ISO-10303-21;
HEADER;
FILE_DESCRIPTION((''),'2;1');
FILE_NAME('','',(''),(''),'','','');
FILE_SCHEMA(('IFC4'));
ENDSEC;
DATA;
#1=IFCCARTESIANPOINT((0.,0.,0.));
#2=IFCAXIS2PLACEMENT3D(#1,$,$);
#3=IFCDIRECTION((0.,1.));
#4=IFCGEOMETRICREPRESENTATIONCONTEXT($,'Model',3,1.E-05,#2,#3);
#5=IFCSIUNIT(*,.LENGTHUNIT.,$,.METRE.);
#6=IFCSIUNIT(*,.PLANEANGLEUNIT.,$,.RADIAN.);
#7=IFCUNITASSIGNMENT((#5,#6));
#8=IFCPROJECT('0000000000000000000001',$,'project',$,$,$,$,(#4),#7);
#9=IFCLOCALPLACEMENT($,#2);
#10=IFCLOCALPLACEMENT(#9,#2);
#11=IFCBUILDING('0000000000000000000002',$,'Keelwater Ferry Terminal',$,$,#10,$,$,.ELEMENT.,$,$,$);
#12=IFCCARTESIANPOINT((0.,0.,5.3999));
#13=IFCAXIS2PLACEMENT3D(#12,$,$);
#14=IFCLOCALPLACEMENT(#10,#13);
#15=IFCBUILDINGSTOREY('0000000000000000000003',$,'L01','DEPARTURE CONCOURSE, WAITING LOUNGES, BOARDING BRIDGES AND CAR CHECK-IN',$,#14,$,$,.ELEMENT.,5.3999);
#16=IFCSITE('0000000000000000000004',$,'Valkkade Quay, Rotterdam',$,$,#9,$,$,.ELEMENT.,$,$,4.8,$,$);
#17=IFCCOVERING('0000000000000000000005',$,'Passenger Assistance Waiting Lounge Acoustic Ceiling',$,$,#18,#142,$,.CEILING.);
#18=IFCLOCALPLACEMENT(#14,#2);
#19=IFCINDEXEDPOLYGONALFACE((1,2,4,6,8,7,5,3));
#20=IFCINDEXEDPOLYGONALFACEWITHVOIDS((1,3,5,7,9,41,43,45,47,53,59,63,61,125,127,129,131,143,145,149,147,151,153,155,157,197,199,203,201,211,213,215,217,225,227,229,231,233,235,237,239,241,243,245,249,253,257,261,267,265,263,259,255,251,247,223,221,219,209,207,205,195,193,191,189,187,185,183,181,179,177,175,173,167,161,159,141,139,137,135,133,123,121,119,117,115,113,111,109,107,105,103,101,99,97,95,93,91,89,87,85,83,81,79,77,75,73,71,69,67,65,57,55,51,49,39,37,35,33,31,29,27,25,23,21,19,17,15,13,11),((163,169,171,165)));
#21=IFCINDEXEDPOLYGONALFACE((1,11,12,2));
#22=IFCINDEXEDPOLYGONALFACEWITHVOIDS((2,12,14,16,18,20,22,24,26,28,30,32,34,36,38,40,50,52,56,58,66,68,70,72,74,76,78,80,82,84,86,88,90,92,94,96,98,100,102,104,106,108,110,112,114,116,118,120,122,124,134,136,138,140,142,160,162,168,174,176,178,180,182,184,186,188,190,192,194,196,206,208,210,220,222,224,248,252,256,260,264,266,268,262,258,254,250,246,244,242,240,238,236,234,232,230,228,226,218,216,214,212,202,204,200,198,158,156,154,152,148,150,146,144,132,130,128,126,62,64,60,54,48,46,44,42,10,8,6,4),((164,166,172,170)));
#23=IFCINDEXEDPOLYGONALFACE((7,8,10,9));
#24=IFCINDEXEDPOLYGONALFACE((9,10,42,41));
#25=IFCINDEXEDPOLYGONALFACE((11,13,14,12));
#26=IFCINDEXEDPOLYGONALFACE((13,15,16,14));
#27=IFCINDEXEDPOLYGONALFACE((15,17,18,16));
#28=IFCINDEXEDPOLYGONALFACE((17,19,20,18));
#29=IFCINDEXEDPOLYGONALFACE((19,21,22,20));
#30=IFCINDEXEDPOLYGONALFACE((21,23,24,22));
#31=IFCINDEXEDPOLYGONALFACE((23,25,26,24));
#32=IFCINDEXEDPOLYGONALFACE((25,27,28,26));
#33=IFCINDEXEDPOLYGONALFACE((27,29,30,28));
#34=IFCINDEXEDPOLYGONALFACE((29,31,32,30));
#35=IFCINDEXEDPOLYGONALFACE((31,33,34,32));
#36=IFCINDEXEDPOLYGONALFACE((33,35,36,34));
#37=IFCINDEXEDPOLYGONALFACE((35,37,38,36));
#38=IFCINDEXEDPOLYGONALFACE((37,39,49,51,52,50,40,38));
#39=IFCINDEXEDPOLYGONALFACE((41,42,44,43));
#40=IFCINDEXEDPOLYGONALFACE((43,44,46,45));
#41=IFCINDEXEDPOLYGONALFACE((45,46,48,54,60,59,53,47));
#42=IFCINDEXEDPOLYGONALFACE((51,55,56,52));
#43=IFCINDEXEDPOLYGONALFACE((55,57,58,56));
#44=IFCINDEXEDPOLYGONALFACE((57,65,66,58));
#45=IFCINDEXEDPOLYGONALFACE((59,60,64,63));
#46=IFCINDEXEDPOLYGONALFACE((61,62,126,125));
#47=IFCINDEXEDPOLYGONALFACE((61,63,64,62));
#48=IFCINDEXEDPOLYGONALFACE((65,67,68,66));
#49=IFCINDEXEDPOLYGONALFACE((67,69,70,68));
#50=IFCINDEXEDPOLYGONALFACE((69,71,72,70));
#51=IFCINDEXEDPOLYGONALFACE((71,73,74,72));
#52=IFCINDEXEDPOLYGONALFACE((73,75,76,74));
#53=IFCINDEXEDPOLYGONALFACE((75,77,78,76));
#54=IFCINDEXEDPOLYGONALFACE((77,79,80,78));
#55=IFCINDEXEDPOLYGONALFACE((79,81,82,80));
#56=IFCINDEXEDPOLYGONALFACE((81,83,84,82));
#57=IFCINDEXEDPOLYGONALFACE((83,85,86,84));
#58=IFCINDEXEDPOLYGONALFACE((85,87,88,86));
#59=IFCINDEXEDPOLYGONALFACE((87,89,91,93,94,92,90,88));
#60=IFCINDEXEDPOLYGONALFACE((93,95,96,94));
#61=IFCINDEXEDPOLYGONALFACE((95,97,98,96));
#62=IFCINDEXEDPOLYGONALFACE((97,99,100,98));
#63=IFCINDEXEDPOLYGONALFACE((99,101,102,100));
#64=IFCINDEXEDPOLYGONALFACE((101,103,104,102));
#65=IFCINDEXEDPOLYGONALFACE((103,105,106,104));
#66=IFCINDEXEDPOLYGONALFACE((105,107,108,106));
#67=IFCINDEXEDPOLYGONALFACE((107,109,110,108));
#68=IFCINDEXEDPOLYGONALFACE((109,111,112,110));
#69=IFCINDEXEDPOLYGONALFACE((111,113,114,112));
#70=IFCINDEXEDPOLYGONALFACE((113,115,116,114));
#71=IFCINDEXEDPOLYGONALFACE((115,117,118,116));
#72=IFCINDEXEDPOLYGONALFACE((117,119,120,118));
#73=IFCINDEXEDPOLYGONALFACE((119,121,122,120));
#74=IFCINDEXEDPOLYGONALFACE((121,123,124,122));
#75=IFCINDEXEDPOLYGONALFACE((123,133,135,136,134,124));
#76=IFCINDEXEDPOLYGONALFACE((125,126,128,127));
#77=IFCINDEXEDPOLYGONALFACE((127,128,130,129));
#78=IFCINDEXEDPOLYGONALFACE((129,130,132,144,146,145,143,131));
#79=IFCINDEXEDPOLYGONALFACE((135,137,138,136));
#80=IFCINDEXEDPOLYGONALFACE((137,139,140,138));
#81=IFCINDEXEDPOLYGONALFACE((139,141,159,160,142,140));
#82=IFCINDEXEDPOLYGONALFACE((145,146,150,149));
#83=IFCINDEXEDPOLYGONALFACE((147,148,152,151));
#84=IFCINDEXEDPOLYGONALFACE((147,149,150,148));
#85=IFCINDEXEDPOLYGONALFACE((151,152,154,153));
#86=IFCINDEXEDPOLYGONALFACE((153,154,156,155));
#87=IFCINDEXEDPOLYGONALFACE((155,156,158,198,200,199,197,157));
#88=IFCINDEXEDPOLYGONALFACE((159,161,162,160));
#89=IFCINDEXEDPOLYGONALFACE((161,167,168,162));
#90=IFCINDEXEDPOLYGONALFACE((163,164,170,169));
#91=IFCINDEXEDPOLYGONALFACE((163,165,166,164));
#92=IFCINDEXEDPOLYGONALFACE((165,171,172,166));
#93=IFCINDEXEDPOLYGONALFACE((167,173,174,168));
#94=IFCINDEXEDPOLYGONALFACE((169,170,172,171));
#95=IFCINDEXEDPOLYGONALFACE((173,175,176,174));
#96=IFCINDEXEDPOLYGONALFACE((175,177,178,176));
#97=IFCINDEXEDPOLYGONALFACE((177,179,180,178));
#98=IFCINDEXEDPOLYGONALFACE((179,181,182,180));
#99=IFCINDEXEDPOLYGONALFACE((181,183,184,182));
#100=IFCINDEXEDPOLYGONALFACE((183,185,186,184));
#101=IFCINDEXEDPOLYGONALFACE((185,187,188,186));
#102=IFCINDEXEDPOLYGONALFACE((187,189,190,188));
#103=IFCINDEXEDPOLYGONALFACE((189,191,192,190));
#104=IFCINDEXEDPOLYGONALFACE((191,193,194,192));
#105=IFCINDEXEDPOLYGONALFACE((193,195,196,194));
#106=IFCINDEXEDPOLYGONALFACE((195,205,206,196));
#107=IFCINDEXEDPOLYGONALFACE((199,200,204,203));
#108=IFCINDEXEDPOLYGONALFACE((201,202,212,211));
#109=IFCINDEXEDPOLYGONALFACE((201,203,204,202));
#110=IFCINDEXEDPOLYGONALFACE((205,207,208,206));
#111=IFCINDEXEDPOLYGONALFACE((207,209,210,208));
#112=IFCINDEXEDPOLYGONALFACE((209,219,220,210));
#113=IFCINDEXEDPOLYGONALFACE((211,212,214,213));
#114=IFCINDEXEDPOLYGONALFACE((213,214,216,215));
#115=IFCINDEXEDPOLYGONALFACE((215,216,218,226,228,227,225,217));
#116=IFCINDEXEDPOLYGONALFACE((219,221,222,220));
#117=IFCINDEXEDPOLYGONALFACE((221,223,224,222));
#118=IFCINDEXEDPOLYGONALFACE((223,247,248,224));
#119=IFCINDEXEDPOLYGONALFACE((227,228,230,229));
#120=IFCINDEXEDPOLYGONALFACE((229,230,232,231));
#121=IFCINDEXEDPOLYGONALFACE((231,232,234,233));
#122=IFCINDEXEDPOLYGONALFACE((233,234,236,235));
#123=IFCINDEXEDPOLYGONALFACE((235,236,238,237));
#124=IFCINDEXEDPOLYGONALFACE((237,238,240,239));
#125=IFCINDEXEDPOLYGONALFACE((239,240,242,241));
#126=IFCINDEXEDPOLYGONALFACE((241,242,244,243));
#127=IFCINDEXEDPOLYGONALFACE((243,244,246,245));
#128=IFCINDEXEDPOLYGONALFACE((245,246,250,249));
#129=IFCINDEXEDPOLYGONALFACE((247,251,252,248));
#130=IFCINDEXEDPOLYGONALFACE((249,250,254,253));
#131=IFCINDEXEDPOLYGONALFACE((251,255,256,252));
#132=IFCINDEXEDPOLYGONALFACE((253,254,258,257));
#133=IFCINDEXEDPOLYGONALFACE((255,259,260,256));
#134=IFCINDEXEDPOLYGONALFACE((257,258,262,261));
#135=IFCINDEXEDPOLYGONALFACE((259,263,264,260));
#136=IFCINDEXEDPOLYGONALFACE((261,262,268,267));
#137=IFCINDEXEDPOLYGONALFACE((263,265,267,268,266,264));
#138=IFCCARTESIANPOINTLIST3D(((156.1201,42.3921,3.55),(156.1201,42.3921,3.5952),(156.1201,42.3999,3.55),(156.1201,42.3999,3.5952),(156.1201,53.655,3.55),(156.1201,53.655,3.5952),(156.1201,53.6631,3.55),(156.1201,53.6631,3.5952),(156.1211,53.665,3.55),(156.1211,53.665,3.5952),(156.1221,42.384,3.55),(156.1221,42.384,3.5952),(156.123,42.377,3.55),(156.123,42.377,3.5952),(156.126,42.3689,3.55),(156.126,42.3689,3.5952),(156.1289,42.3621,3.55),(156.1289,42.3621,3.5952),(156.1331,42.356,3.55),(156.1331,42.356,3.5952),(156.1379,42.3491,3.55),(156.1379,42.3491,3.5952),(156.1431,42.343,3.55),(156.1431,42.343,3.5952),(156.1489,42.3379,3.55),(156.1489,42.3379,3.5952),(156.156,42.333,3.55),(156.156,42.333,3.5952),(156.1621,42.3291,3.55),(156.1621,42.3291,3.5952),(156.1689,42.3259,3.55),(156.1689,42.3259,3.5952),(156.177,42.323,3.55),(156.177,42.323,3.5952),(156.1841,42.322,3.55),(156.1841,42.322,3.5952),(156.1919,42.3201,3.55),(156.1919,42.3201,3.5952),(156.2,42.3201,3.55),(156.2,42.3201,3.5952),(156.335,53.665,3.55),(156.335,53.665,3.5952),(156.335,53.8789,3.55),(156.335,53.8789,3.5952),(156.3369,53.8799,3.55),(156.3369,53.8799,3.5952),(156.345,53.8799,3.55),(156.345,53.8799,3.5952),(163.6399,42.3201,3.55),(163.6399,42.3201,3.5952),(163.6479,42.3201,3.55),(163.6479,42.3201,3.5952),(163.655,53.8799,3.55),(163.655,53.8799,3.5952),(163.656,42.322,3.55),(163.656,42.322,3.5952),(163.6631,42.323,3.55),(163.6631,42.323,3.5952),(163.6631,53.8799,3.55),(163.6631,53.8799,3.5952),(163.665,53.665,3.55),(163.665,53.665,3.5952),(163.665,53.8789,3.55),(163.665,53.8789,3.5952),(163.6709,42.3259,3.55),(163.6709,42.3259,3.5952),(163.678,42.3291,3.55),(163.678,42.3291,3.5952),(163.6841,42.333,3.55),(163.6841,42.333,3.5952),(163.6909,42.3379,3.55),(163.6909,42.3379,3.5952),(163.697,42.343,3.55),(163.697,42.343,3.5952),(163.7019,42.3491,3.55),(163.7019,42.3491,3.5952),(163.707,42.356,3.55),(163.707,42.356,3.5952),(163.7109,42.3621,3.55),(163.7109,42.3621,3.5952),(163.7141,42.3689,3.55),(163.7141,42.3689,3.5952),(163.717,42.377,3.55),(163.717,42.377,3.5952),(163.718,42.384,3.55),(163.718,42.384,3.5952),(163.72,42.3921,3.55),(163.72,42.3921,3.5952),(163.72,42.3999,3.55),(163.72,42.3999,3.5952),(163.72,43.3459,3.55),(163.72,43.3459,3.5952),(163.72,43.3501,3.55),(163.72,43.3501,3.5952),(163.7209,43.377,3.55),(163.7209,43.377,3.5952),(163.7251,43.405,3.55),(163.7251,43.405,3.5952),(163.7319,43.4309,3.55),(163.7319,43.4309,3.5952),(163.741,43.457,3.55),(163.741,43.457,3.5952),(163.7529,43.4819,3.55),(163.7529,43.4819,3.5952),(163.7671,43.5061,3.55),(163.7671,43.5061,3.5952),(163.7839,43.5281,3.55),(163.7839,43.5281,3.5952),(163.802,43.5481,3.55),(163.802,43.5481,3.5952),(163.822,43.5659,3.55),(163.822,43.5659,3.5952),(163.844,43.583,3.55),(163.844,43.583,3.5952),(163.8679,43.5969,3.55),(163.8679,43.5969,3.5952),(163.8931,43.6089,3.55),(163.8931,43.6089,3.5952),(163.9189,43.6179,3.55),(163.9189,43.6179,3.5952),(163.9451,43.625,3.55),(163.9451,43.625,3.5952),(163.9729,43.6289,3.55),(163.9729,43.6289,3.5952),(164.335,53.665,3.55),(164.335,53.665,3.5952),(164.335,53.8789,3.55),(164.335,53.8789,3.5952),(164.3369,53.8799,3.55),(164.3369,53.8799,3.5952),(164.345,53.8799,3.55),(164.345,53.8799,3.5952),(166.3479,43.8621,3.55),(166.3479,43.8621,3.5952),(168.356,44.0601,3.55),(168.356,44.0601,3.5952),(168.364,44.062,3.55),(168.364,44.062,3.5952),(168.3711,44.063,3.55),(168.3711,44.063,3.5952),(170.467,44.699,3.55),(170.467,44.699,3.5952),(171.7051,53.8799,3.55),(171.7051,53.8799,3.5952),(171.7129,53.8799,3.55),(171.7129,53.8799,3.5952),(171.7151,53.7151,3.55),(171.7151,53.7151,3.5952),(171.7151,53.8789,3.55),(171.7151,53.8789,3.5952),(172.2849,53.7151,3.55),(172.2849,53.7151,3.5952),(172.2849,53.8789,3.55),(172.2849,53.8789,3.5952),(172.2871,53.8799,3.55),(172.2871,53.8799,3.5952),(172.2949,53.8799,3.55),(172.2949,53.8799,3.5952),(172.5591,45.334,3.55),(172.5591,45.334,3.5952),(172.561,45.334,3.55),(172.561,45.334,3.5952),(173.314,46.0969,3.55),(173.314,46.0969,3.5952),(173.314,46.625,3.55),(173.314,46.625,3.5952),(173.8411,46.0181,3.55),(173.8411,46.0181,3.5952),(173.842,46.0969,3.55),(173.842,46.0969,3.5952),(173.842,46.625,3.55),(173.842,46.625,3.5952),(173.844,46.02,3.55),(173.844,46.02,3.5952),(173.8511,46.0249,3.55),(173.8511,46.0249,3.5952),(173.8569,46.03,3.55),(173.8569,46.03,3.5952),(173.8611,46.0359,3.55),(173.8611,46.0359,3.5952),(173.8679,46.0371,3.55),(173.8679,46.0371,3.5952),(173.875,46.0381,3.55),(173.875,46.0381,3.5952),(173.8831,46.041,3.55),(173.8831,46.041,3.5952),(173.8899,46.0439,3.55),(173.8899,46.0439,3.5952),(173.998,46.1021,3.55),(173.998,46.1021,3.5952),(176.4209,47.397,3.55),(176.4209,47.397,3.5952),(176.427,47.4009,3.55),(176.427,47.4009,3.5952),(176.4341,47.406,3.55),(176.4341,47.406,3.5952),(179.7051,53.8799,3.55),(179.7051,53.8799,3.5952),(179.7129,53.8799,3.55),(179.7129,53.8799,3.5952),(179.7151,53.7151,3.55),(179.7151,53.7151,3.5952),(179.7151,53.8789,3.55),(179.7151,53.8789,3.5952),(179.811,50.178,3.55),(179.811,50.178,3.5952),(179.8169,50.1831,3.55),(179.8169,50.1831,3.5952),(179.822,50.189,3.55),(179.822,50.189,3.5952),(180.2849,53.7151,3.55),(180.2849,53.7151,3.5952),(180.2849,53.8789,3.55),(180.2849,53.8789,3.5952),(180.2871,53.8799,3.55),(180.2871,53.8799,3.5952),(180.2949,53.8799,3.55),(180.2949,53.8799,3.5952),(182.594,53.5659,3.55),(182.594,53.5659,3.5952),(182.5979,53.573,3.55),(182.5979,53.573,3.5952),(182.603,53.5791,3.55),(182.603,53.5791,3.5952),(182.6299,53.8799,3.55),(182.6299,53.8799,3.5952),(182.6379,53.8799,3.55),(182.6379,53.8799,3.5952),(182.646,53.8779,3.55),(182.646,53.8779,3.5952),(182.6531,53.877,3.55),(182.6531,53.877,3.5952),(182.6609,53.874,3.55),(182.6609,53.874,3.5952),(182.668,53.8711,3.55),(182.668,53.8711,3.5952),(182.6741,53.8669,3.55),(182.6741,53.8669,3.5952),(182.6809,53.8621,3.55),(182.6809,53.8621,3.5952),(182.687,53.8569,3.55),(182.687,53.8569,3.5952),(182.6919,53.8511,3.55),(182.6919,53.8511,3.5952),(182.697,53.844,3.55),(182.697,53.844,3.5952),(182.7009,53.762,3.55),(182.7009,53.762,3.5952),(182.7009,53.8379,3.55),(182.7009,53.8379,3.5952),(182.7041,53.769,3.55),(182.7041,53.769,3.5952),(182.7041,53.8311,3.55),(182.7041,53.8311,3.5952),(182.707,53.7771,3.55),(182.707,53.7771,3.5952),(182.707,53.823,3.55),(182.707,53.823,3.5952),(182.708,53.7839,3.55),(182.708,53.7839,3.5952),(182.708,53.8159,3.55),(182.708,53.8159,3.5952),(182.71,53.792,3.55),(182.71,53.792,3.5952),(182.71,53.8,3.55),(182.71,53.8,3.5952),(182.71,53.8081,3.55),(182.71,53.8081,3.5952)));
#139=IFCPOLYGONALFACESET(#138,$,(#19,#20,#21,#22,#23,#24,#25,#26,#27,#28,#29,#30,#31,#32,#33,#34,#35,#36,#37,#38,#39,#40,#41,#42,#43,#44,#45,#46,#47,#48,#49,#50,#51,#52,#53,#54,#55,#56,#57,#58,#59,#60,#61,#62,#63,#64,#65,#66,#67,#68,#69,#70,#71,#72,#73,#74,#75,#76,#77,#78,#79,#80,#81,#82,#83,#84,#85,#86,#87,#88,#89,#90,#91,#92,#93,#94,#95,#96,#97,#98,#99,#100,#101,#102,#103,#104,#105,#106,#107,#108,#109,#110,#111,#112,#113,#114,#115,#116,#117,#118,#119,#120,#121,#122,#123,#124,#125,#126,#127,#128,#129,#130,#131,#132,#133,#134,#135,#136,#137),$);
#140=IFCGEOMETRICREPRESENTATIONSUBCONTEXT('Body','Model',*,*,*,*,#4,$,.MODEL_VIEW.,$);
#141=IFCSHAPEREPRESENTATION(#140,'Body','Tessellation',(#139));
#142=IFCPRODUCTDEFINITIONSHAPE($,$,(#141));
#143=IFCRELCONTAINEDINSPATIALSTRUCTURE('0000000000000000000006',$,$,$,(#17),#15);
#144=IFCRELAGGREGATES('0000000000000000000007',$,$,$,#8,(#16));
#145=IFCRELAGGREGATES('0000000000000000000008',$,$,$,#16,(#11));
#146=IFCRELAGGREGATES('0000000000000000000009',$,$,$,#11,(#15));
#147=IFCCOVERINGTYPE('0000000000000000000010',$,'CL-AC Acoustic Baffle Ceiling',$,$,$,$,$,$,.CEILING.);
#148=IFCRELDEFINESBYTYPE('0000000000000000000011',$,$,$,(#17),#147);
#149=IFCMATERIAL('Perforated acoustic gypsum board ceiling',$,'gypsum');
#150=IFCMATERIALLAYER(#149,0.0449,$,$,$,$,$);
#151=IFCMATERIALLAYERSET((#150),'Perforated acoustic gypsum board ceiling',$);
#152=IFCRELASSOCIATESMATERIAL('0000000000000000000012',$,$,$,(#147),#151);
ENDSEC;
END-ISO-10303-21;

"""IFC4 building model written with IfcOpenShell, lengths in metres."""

from ifc_helpers import new_model, si_unit, direction, frame, origin, place, context, subcontext, project, spatial, polyline, outline, extrude, material, layer, layer_set, type_object, element, save


model = new_model("IFC4")

# Units and contexts
model_context = context("Model", 3, precision=1e-05, world=origin(), true_north=direction((0.0, 1.0)))
body_context = subcontext(model_context, "Body", "Model", "MODEL_VIEW")
ifc_project = project(units=[si_unit("LENGTHUNIT", "METRE"), si_unit("PLANEANGLEUNIT", "RADIAN")], contexts=[model_context])

# Site, building, storey
site_placement = place(None, origin())
site = spatial("IfcSite", under=ifc_project, at=site_placement, Name="Valkkade Quay, Rotterdam", CompositionType="ELEMENT", RefElevation=4.8)
building_placement = place(site_placement, origin())
building = spatial("IfcBuilding", under=site, at=building_placement, Name="Keelwater Ferry Terminal", CompositionType="ELEMENT")
storey_placement = place(building_placement, frame((0.0, 0.0, 5.3999)))
storey = spatial("IfcBuildingStorey", under=building, at=storey_placement, Name="L01", Description="DEPARTURE CONCOURSE, WAITING LOUNGES, BOARDING BRIDGES AND CAR CHECK-IN", CompositionType="ELEMENT", Elevation=5.3999)

# Covering
ifc_material_1 = material(Name="Perforated acoustic gypsum board ceiling", Category="gypsum")
ifc_layer_1 = layer(ifc_material_1, 0.0449)
ifc_layer_set_1 = layer_set([ifc_layer_1], Name="Perforated acoustic gypsum board ceiling")
covering_type_1 = type_object("IfcCoveringType", Name="CL-AC Acoustic Baffle Ceiling", PredefinedType="CEILING", material=ifc_layer_set_1)
covering_1_placement = place(storey_placement, frame((0.0, 0.0, 3.55)))
element("IfcCovering", 1, at=covering_1_placement, inside=storey, type_object=covering_type_1, Name="Passenger Assistance Waiting Lounge Acoustic Ceiling", PredefinedType="CEILING", context=body_context, shape_type="SweptSolid", body=[
    extrude(outline(polyline([(163.665, 53.8789), (163.665, 53.665), (164.335, 53.665), (164.335, 53.8789), (164.3369, 53.8799), (164.345, 53.8799), (171.7051, 53.8799), (171.7129, 53.8799), (171.7151, 53.8789), (171.7151, 53.7151), (172.2849, 53.7151), (172.2849, 53.8789), (172.2871, 53.8799), (172.2949, 53.8799), (179.7051, 53.8799), (179.7129, 53.8799), (179.7151, 53.8789), (179.7151, 53.7151), (180.2849, 53.7151), (180.2849, 53.8789), (180.2871, 53.8799), (180.2949, 53.8799), (182.6299, 53.8799), (182.6379, 53.8799), (182.646, 53.8779), (182.6531, 53.877), (182.6609, 53.874), (182.668, 53.8711), (182.6741, 53.8669), (182.6809, 53.8621), (182.687, 53.8569), (182.6919, 53.8511), (182.697, 53.844), (182.7009, 53.8379), (182.7041, 53.8311), (182.707, 53.823), (182.708, 53.8159), (182.71, 53.8081), (182.71, 53.8), (182.71, 53.792), (182.708, 53.7839), (182.707, 53.7771), (182.7041, 53.769), (182.7009, 53.762), (182.603, 53.5791), (182.5979, 53.573), (182.594, 53.5659), (179.822, 50.189), (179.8169, 50.1831), (179.811, 50.178), (176.4341, 47.406), (176.427, 47.4009), (176.4209, 47.397), (173.998, 46.1021), (173.8899, 46.0439), (173.8831, 46.041), (173.875, 46.0381), (173.8679, 46.0371), (173.8611, 46.0359), (173.8569, 46.03), (173.8511, 46.0249), (173.844, 46.02), (173.8411, 46.0181), (172.561, 45.334), (172.561, 45.334), (172.5591, 45.334), (170.467, 44.699), (168.3711, 44.063), (168.364, 44.062), (168.356, 44.0601), (166.3479, 43.8621), (163.9729, 43.6289), (163.9451, 43.625), (163.9189, 43.6179), (163.8931, 43.6089), (163.8679, 43.5969), (163.844, 43.583), (163.822, 43.5659), (163.802, 43.5481), (163.7839, 43.5281), (163.7671, 43.5061), (163.7529, 43.4819), (163.741, 43.457), (163.7319, 43.4309), (163.7251, 43.405), (163.7209, 43.377), (163.72, 43.3501), (163.72, 43.3459), (163.72, 42.3999), (163.72, 42.3921), (163.718, 42.384), (163.717, 42.377), (163.7141, 42.3689), (163.7109, 42.3621), (163.707, 42.356), (163.7019, 42.3491), (163.697, 42.343), (163.6909, 42.3379), (163.6841, 42.333), (163.678, 42.3291), (163.6709, 42.3259), (163.6631, 42.323), (163.656, 42.322), (163.6479, 42.3201), (163.6399, 42.3201), (156.2, 42.3201), (156.1919, 42.3201), (156.1841, 42.322), (156.177, 42.323), (156.1689, 42.3259), (156.1621, 42.3291), (156.156, 42.333), (156.1489, 42.3379), (156.1431, 42.343), (156.1379, 42.3491), (156.1331, 42.356), (156.1289, 42.3621), (156.126, 42.3689), (156.123, 42.377), (156.1221, 42.384), (156.1201, 42.3921), (156.1201, 42.3999), (156.1201, 53.655), (156.1201, 53.6631), (156.1211, 53.665), (156.335, 53.665), (156.335, 53.8789), (156.3369, 53.8799), (156.345, 53.8799), (163.655, 53.8799), (163.6631, 53.8799), (163.665, 53.8789)]), holes=[polyline([(173.314, 46.625), (173.314, 46.0969), (173.842, 46.0969), (173.842, 46.625), (173.314, 46.625)])]), origin(), (0.0, 0.0, 1.0), 0.0452),
])

save(model, "model.ifc")
